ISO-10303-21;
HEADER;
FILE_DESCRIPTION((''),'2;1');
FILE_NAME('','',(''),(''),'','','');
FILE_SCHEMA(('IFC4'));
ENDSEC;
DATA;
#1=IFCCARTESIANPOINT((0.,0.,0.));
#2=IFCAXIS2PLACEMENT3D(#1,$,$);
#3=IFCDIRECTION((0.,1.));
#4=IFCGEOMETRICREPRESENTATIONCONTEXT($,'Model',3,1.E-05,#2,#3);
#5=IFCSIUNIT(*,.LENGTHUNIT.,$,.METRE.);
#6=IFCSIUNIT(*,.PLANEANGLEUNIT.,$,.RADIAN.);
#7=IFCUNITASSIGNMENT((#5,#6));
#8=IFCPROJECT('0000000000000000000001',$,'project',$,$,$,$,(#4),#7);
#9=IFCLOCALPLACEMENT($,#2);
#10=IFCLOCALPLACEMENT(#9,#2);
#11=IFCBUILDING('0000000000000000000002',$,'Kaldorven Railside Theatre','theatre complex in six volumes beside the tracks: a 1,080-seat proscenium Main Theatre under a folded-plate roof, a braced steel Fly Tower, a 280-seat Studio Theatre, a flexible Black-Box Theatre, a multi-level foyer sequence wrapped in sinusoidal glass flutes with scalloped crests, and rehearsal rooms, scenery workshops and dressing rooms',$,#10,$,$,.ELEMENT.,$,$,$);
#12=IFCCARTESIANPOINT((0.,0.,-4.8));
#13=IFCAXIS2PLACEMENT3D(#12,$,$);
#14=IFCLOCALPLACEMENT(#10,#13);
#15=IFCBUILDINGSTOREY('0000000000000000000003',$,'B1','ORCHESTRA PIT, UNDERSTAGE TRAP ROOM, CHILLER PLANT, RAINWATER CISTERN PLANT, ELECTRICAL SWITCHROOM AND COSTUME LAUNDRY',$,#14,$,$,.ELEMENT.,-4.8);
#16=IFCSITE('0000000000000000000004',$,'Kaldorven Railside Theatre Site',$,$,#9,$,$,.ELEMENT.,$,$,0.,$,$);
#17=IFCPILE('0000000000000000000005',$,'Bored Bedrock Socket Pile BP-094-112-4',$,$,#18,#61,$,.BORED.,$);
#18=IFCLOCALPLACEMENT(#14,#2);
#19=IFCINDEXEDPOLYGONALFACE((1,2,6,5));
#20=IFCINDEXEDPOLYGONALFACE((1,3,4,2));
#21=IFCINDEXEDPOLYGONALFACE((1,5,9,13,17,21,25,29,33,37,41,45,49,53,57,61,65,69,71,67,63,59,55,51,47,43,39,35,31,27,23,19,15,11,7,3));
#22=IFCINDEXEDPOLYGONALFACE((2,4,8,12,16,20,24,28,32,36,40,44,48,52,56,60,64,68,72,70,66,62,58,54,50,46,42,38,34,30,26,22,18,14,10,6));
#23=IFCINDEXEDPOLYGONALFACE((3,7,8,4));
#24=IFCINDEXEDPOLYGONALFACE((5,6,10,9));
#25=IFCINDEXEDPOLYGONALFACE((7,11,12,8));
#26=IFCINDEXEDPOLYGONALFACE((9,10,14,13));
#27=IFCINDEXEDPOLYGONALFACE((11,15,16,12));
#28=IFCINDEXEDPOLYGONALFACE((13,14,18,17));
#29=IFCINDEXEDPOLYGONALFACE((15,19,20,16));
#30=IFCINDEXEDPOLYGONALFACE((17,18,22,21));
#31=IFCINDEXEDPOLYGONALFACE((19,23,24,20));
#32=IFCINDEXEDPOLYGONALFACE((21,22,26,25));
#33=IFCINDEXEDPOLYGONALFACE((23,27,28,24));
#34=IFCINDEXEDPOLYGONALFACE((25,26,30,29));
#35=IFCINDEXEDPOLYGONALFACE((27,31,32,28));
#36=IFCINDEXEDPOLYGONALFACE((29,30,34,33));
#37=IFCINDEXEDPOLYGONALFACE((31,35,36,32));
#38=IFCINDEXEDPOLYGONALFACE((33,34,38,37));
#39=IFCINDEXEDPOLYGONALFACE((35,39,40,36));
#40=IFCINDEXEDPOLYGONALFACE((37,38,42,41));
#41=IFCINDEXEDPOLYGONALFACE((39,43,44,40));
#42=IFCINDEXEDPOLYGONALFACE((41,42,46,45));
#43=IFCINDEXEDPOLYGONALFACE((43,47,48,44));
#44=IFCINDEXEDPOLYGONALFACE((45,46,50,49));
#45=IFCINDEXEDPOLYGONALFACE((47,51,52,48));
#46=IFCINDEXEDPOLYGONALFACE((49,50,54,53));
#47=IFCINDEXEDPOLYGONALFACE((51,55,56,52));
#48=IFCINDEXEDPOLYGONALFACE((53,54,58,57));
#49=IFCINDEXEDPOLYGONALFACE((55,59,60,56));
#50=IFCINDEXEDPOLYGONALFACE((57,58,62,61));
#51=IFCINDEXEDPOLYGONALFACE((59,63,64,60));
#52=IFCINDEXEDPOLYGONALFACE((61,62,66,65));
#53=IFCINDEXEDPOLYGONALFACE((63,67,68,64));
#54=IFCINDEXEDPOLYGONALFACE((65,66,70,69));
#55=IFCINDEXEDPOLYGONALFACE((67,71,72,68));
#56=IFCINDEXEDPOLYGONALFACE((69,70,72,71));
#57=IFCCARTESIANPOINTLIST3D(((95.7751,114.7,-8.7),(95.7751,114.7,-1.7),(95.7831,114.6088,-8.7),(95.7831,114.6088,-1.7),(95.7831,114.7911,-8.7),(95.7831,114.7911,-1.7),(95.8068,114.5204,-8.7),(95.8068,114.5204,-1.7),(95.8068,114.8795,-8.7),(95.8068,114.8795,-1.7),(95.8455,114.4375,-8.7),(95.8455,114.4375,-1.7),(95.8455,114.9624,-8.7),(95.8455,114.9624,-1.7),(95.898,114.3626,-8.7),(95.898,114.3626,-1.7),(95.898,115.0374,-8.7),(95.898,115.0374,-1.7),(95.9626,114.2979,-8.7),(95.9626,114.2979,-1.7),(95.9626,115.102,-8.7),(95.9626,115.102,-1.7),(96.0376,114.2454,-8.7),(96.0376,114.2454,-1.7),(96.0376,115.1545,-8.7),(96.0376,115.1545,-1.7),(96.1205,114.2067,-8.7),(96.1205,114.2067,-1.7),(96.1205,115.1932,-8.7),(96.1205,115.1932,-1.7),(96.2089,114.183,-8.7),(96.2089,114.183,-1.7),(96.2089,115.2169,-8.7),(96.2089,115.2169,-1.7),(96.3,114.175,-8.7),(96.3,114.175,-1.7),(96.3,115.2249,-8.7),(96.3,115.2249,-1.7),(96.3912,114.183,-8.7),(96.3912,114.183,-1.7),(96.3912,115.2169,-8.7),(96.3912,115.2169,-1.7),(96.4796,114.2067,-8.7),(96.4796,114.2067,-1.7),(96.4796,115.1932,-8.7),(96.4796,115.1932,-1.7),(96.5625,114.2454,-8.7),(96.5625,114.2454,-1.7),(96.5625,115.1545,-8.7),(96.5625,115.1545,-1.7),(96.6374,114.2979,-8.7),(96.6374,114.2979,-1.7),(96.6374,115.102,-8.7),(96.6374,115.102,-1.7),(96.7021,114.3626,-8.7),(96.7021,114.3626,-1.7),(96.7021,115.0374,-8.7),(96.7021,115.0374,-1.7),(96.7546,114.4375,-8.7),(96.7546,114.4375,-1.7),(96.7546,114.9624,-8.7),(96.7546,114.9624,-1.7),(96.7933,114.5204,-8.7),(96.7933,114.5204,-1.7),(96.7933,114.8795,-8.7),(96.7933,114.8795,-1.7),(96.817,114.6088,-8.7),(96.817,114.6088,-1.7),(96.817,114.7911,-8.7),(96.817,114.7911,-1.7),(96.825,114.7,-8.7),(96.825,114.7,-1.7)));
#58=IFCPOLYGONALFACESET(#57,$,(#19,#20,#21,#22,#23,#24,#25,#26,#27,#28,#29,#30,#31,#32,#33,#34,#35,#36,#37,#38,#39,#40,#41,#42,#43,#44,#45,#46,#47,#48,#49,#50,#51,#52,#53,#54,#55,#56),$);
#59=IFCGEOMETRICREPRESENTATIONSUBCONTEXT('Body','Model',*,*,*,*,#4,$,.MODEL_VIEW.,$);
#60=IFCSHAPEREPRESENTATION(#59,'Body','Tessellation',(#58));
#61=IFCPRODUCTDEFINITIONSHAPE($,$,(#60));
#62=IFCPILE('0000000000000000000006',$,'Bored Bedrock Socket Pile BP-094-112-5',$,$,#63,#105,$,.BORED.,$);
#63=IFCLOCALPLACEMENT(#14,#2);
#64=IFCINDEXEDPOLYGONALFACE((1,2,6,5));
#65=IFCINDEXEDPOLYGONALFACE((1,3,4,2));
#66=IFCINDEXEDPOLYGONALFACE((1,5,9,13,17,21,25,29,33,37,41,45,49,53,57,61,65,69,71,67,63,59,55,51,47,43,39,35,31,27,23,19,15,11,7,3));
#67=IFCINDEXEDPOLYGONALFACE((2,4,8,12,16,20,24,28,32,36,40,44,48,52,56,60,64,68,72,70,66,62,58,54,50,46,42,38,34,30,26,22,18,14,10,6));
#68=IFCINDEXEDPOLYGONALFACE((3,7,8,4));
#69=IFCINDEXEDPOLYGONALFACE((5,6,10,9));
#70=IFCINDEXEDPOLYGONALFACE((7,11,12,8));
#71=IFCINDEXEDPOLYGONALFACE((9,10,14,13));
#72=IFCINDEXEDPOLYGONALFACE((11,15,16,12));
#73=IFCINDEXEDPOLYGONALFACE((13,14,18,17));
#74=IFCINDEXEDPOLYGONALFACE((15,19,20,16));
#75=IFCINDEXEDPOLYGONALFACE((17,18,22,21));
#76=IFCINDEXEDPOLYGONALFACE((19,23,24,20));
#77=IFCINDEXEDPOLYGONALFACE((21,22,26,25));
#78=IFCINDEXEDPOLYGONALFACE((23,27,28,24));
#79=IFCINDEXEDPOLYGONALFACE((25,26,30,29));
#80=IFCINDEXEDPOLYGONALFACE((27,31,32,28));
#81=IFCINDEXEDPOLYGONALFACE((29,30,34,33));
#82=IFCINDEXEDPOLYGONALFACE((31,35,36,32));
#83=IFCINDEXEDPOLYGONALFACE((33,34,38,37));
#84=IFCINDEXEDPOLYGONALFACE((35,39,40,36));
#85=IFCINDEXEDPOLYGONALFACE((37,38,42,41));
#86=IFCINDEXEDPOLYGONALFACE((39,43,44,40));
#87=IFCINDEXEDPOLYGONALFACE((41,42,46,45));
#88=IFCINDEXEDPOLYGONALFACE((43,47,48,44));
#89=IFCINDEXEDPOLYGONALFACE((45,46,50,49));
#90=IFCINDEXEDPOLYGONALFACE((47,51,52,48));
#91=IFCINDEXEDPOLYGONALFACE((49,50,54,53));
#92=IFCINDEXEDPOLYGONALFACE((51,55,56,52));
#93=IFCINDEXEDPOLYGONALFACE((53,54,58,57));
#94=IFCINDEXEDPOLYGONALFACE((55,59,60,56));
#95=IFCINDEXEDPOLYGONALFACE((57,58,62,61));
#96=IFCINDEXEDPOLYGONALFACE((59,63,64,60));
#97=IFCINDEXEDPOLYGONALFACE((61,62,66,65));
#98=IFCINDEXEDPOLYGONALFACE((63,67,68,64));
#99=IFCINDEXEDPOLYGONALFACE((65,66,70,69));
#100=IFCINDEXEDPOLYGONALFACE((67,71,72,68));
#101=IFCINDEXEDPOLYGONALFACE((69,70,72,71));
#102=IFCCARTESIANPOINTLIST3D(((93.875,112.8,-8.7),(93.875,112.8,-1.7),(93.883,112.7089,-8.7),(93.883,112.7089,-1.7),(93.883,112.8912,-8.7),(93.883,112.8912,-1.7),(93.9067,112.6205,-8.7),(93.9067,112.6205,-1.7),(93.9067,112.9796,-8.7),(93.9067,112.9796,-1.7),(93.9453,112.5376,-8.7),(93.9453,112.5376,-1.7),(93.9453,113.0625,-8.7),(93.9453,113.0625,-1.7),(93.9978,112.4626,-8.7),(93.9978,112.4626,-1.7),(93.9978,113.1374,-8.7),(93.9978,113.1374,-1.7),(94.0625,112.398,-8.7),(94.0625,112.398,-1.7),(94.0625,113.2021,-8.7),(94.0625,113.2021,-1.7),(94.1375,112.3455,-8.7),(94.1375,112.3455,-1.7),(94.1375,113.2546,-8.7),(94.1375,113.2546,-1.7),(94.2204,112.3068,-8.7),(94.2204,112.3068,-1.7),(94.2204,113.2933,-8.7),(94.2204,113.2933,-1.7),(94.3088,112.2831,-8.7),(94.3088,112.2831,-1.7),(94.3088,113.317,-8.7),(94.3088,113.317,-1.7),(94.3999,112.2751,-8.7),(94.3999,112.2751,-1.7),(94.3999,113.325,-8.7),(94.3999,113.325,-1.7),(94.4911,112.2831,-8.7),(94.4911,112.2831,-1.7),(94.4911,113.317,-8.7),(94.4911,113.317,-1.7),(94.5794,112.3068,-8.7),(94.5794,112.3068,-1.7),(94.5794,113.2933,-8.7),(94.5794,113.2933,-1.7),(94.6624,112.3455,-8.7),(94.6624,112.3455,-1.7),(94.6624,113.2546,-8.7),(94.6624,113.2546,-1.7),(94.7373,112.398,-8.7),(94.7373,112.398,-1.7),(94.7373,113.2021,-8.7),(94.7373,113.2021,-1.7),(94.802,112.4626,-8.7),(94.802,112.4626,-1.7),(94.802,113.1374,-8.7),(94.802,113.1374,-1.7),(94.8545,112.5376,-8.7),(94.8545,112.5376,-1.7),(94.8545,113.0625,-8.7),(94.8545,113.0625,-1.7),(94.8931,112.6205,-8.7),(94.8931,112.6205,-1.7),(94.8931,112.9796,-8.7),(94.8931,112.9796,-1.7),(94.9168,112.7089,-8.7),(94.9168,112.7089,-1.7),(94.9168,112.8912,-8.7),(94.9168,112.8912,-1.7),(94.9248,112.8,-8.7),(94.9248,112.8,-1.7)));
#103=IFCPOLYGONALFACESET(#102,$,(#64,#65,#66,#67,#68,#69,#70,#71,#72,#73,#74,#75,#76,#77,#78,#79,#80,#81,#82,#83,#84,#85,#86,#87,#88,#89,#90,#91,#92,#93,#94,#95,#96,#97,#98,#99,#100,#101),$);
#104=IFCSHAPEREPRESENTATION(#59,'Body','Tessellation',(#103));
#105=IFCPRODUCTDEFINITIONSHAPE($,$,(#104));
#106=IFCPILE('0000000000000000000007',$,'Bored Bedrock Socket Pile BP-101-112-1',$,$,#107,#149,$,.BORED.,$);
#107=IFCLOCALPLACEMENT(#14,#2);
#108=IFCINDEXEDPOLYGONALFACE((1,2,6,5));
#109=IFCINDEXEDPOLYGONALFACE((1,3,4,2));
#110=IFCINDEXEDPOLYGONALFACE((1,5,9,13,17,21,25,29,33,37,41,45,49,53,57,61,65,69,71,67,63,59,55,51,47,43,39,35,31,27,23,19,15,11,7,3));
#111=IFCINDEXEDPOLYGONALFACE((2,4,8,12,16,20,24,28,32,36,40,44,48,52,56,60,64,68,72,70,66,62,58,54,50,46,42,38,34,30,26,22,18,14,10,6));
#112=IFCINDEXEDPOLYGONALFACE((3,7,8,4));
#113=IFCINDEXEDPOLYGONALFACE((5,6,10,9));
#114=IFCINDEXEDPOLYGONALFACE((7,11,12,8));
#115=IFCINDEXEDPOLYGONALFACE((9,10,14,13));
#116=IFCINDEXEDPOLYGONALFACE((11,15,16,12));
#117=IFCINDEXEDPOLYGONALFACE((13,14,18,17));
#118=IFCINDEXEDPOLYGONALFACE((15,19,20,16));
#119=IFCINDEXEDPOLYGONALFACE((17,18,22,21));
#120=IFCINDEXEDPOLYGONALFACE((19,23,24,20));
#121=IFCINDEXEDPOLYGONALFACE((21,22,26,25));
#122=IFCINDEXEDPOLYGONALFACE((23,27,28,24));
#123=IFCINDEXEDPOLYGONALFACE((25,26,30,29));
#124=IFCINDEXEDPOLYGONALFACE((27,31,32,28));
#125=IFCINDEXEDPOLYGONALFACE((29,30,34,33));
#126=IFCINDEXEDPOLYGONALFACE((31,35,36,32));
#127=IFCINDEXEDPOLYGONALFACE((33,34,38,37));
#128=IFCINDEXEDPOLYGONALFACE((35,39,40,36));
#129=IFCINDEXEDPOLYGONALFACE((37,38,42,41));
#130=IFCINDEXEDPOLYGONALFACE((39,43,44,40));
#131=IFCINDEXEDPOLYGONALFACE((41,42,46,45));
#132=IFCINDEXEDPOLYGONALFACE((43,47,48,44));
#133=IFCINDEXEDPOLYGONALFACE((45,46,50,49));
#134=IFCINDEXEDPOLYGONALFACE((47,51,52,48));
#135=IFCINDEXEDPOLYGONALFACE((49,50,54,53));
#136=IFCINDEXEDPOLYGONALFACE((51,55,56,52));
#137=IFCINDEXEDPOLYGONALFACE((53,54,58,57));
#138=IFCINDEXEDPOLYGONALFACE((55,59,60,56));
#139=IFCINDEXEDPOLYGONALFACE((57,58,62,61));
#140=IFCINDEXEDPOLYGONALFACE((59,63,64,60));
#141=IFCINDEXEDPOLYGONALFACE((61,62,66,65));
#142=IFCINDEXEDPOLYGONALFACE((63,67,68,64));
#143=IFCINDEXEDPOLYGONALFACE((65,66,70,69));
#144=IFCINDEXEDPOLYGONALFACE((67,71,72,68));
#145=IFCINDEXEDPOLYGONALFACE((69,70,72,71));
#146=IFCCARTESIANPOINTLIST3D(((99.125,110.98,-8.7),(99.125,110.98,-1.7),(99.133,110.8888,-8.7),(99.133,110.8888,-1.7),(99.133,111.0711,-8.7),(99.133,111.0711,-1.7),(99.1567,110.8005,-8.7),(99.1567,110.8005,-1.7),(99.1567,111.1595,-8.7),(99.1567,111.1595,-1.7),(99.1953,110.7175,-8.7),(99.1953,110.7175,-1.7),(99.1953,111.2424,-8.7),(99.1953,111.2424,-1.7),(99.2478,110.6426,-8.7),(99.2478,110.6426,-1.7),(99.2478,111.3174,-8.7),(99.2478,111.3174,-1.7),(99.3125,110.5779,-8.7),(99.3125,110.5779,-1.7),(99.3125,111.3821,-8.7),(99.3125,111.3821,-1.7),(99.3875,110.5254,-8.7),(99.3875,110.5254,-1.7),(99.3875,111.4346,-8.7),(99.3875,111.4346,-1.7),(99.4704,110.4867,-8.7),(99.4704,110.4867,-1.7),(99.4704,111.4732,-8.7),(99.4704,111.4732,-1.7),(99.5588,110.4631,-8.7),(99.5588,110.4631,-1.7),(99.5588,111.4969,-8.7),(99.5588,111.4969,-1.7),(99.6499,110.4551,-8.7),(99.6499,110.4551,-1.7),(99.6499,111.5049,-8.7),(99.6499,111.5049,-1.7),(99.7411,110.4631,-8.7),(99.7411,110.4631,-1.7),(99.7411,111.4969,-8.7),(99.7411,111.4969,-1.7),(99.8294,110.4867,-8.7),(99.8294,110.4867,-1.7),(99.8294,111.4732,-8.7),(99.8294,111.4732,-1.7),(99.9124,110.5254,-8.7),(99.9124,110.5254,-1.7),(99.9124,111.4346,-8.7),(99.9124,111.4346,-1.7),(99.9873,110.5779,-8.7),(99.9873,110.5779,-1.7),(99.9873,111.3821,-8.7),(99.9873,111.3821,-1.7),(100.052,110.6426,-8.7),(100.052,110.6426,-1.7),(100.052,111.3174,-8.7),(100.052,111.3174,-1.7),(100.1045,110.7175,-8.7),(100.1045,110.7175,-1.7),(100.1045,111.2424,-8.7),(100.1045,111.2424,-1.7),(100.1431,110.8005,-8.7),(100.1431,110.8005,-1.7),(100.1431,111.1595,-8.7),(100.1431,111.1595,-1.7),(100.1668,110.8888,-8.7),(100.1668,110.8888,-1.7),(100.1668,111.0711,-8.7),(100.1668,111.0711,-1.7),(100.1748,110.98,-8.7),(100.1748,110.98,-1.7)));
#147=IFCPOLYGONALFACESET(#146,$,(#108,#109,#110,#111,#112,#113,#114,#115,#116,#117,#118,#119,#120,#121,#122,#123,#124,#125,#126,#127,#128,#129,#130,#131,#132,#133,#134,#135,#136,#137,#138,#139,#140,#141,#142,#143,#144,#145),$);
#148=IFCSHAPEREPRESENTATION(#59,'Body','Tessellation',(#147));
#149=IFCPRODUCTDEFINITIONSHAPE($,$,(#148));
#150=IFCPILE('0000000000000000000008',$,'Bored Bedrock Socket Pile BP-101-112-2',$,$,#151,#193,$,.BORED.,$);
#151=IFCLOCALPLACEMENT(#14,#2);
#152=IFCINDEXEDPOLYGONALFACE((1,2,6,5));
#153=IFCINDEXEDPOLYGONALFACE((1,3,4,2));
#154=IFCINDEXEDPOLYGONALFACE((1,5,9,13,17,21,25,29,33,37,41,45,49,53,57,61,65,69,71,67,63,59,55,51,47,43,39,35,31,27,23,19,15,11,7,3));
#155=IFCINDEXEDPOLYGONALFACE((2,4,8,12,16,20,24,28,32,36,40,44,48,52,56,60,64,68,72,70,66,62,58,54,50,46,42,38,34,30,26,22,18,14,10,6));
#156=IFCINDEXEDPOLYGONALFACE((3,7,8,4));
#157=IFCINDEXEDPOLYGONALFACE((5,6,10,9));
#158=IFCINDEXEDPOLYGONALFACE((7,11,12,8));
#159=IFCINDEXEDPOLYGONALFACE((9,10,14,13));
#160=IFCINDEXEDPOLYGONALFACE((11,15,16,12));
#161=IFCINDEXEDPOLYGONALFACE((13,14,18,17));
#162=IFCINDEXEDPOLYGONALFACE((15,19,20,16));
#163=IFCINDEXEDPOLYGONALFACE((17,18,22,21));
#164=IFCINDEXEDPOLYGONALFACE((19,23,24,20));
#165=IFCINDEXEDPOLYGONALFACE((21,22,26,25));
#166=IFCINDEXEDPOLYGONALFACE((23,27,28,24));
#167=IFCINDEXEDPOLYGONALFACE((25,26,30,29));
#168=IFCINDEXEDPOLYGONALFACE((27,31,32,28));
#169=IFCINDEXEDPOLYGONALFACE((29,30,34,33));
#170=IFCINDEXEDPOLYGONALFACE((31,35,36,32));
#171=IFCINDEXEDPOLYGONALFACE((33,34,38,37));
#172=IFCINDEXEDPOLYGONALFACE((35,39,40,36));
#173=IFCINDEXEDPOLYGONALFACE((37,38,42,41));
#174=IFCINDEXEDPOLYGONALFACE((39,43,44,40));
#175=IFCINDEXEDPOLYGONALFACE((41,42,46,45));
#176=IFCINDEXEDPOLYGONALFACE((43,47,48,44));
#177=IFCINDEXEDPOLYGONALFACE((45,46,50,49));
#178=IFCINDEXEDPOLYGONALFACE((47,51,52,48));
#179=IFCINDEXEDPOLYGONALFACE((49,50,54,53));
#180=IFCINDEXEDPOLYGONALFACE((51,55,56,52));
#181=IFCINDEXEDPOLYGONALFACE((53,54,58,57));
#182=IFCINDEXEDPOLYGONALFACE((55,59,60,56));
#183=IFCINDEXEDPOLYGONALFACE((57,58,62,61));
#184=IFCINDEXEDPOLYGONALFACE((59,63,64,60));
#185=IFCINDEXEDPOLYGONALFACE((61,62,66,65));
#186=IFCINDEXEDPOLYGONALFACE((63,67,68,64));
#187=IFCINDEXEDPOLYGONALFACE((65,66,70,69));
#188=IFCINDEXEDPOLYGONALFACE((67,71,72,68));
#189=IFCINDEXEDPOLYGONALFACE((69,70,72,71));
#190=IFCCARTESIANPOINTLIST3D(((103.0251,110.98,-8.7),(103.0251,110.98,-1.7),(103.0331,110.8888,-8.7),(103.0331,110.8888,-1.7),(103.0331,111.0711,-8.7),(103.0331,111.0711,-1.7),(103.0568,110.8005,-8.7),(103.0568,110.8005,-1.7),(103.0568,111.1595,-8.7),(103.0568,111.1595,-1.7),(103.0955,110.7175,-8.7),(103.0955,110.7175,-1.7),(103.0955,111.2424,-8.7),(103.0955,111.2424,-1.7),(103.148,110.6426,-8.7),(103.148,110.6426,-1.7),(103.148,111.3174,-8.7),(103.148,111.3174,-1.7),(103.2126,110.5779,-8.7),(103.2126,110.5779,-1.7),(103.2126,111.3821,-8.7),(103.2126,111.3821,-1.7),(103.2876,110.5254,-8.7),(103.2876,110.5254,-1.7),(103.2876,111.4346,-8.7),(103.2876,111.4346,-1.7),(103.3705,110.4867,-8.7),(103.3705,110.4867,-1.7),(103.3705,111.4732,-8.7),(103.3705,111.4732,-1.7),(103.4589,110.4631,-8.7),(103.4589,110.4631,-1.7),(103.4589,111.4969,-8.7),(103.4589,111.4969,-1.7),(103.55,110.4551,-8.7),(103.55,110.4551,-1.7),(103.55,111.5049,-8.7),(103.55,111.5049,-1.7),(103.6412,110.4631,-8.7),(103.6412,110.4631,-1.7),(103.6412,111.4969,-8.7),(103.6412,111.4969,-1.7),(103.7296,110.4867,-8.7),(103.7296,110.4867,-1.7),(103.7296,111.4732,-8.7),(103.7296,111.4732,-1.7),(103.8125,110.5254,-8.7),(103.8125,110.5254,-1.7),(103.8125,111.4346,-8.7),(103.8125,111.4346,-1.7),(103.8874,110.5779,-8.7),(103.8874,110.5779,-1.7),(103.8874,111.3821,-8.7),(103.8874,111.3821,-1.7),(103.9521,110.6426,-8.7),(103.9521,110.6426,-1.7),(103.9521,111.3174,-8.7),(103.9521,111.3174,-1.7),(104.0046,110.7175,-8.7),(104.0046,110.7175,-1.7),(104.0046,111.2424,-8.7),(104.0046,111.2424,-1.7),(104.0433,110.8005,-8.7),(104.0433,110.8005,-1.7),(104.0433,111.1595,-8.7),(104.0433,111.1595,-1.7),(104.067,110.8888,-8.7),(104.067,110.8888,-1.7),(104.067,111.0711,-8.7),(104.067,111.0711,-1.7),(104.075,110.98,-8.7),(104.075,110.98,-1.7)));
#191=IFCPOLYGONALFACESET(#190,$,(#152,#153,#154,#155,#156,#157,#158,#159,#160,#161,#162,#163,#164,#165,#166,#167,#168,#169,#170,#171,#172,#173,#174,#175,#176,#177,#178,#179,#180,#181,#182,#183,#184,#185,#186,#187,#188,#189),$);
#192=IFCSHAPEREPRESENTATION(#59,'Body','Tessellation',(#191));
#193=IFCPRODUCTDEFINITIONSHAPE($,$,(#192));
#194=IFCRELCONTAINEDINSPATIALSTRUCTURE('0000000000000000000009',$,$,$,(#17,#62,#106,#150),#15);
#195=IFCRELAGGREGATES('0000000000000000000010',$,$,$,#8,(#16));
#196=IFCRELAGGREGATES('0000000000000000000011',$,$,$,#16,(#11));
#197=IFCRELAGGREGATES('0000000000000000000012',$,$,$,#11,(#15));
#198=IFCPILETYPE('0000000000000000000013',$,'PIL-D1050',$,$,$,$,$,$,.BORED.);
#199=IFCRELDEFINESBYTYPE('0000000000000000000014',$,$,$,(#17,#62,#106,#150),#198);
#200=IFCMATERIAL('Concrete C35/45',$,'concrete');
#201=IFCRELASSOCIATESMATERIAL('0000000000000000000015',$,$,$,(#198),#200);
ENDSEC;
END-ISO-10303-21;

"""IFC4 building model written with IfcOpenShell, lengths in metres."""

from ifc_helpers import new_model, si_unit, direction, frame, origin, origin_2d, place, context, subcontext, project, spatial, circle, extrude, material, material_profile, profile_set, type_object, element, save


model = new_model("IFC4")

# Units and contexts
model_context = context("Model", 3, precision=1e-05, world=origin(), true_north=direction((0.0, 1.0)))
body_context = subcontext(model_context, "Body", "Model", "MODEL_VIEW")
ifc_project = project(units=[si_unit("LENGTHUNIT", "METRE"), si_unit("PLANEANGLEUNIT", "RADIAN")], contexts=[model_context])

# Site, building, storey
site_placement = place(None, origin())
site = spatial("IfcSite", under=ifc_project, at=site_placement, Name="Kaldorven Railside Theatre Site", CompositionType="ELEMENT", RefElevation=0.0)
building_placement = place(site_placement, origin())
building = spatial("IfcBuilding", under=site, at=building_placement, Name="Kaldorven Railside Theatre", Description="theatre complex in six volumes beside the tracks: a 1,080-seat proscenium Main Theatre under a folded-plate roof, a braced steel Fly Tower, a 280-seat Studio Theatre, a flexible Black-Box Theatre, a multi-level foyer sequence wrapped in sinusoidal glass flutes with scalloped crests, and rehearsal rooms, scenery workshops and dressing rooms", CompositionType="ELEMENT")
storey_placement = place(building_placement, frame((0.0, 0.0, -4.8)))
storey = spatial("IfcBuildingStorey", under=building, at=storey_placement, Name="B1", Description="ORCHESTRA PIT, UNDERSTAGE TRAP ROOM, CHILLER PLANT, RAINWATER CISTERN PLANT, ELECTRICAL SWITCHROOM AND COSTUME LAUNDRY", CompositionType="ELEMENT", Elevation=-4.8)

# Piles
ifc_material_1 = material(Name="Concrete C35/45", Category="concrete")
ifc_material_profile_1 = material_profile(ifc_material_1, circle(Radius=0.5249, at=origin_2d()), Name="BP D1050")
ifc_profile_set_1 = profile_set([ifc_material_profile_1], Name="Concrete C35/45")
pile_type_1 = type_object("IfcPileType", Name="PIL-D1050", PredefinedType="BORED", material=ifc_profile_set_1)
for number, where, z_axis, x_axis, name in (
    (1, (96.3, 114.7, -1.7), (0.0, 0.0, -1.0), (1.0, 0.0, 0.0), "Bored Bedrock Socket Pile BP-094-112-4"),
    (2, (94.3999, 112.8, -1.7), (0.0, 0.0, -1.0), (1.0, 0.0, 0.0), "Bored Bedrock Socket Pile BP-094-112-5"),
    (3, (99.6499, 110.98, -1.7), (0.0, 0.0, -1.0), (1.0, 0.0, 0.0), "Bored Bedrock Socket Pile BP-101-112-1"),
    (4, (103.55, 110.98, -1.7), (0.0, 0.0, -1.0), (1.0, 0.0, 0.0), "Bored Bedrock Socket Pile BP-101-112-2"),
):
    element("IfcPile", number, at=place(storey_placement, frame(where, z_axis=z_axis, x_axis=x_axis)), inside=storey, type_object=pile_type_1, Name=name, PredefinedType="BORED", context=body_context, shape_type="SweptSolid", body=[
        extrude(circle(Radius=0.5249, at=origin_2d()), origin(), (0.0, 0.0, 1.0), 7.0),
    ])

save(model, "model.ifc")
